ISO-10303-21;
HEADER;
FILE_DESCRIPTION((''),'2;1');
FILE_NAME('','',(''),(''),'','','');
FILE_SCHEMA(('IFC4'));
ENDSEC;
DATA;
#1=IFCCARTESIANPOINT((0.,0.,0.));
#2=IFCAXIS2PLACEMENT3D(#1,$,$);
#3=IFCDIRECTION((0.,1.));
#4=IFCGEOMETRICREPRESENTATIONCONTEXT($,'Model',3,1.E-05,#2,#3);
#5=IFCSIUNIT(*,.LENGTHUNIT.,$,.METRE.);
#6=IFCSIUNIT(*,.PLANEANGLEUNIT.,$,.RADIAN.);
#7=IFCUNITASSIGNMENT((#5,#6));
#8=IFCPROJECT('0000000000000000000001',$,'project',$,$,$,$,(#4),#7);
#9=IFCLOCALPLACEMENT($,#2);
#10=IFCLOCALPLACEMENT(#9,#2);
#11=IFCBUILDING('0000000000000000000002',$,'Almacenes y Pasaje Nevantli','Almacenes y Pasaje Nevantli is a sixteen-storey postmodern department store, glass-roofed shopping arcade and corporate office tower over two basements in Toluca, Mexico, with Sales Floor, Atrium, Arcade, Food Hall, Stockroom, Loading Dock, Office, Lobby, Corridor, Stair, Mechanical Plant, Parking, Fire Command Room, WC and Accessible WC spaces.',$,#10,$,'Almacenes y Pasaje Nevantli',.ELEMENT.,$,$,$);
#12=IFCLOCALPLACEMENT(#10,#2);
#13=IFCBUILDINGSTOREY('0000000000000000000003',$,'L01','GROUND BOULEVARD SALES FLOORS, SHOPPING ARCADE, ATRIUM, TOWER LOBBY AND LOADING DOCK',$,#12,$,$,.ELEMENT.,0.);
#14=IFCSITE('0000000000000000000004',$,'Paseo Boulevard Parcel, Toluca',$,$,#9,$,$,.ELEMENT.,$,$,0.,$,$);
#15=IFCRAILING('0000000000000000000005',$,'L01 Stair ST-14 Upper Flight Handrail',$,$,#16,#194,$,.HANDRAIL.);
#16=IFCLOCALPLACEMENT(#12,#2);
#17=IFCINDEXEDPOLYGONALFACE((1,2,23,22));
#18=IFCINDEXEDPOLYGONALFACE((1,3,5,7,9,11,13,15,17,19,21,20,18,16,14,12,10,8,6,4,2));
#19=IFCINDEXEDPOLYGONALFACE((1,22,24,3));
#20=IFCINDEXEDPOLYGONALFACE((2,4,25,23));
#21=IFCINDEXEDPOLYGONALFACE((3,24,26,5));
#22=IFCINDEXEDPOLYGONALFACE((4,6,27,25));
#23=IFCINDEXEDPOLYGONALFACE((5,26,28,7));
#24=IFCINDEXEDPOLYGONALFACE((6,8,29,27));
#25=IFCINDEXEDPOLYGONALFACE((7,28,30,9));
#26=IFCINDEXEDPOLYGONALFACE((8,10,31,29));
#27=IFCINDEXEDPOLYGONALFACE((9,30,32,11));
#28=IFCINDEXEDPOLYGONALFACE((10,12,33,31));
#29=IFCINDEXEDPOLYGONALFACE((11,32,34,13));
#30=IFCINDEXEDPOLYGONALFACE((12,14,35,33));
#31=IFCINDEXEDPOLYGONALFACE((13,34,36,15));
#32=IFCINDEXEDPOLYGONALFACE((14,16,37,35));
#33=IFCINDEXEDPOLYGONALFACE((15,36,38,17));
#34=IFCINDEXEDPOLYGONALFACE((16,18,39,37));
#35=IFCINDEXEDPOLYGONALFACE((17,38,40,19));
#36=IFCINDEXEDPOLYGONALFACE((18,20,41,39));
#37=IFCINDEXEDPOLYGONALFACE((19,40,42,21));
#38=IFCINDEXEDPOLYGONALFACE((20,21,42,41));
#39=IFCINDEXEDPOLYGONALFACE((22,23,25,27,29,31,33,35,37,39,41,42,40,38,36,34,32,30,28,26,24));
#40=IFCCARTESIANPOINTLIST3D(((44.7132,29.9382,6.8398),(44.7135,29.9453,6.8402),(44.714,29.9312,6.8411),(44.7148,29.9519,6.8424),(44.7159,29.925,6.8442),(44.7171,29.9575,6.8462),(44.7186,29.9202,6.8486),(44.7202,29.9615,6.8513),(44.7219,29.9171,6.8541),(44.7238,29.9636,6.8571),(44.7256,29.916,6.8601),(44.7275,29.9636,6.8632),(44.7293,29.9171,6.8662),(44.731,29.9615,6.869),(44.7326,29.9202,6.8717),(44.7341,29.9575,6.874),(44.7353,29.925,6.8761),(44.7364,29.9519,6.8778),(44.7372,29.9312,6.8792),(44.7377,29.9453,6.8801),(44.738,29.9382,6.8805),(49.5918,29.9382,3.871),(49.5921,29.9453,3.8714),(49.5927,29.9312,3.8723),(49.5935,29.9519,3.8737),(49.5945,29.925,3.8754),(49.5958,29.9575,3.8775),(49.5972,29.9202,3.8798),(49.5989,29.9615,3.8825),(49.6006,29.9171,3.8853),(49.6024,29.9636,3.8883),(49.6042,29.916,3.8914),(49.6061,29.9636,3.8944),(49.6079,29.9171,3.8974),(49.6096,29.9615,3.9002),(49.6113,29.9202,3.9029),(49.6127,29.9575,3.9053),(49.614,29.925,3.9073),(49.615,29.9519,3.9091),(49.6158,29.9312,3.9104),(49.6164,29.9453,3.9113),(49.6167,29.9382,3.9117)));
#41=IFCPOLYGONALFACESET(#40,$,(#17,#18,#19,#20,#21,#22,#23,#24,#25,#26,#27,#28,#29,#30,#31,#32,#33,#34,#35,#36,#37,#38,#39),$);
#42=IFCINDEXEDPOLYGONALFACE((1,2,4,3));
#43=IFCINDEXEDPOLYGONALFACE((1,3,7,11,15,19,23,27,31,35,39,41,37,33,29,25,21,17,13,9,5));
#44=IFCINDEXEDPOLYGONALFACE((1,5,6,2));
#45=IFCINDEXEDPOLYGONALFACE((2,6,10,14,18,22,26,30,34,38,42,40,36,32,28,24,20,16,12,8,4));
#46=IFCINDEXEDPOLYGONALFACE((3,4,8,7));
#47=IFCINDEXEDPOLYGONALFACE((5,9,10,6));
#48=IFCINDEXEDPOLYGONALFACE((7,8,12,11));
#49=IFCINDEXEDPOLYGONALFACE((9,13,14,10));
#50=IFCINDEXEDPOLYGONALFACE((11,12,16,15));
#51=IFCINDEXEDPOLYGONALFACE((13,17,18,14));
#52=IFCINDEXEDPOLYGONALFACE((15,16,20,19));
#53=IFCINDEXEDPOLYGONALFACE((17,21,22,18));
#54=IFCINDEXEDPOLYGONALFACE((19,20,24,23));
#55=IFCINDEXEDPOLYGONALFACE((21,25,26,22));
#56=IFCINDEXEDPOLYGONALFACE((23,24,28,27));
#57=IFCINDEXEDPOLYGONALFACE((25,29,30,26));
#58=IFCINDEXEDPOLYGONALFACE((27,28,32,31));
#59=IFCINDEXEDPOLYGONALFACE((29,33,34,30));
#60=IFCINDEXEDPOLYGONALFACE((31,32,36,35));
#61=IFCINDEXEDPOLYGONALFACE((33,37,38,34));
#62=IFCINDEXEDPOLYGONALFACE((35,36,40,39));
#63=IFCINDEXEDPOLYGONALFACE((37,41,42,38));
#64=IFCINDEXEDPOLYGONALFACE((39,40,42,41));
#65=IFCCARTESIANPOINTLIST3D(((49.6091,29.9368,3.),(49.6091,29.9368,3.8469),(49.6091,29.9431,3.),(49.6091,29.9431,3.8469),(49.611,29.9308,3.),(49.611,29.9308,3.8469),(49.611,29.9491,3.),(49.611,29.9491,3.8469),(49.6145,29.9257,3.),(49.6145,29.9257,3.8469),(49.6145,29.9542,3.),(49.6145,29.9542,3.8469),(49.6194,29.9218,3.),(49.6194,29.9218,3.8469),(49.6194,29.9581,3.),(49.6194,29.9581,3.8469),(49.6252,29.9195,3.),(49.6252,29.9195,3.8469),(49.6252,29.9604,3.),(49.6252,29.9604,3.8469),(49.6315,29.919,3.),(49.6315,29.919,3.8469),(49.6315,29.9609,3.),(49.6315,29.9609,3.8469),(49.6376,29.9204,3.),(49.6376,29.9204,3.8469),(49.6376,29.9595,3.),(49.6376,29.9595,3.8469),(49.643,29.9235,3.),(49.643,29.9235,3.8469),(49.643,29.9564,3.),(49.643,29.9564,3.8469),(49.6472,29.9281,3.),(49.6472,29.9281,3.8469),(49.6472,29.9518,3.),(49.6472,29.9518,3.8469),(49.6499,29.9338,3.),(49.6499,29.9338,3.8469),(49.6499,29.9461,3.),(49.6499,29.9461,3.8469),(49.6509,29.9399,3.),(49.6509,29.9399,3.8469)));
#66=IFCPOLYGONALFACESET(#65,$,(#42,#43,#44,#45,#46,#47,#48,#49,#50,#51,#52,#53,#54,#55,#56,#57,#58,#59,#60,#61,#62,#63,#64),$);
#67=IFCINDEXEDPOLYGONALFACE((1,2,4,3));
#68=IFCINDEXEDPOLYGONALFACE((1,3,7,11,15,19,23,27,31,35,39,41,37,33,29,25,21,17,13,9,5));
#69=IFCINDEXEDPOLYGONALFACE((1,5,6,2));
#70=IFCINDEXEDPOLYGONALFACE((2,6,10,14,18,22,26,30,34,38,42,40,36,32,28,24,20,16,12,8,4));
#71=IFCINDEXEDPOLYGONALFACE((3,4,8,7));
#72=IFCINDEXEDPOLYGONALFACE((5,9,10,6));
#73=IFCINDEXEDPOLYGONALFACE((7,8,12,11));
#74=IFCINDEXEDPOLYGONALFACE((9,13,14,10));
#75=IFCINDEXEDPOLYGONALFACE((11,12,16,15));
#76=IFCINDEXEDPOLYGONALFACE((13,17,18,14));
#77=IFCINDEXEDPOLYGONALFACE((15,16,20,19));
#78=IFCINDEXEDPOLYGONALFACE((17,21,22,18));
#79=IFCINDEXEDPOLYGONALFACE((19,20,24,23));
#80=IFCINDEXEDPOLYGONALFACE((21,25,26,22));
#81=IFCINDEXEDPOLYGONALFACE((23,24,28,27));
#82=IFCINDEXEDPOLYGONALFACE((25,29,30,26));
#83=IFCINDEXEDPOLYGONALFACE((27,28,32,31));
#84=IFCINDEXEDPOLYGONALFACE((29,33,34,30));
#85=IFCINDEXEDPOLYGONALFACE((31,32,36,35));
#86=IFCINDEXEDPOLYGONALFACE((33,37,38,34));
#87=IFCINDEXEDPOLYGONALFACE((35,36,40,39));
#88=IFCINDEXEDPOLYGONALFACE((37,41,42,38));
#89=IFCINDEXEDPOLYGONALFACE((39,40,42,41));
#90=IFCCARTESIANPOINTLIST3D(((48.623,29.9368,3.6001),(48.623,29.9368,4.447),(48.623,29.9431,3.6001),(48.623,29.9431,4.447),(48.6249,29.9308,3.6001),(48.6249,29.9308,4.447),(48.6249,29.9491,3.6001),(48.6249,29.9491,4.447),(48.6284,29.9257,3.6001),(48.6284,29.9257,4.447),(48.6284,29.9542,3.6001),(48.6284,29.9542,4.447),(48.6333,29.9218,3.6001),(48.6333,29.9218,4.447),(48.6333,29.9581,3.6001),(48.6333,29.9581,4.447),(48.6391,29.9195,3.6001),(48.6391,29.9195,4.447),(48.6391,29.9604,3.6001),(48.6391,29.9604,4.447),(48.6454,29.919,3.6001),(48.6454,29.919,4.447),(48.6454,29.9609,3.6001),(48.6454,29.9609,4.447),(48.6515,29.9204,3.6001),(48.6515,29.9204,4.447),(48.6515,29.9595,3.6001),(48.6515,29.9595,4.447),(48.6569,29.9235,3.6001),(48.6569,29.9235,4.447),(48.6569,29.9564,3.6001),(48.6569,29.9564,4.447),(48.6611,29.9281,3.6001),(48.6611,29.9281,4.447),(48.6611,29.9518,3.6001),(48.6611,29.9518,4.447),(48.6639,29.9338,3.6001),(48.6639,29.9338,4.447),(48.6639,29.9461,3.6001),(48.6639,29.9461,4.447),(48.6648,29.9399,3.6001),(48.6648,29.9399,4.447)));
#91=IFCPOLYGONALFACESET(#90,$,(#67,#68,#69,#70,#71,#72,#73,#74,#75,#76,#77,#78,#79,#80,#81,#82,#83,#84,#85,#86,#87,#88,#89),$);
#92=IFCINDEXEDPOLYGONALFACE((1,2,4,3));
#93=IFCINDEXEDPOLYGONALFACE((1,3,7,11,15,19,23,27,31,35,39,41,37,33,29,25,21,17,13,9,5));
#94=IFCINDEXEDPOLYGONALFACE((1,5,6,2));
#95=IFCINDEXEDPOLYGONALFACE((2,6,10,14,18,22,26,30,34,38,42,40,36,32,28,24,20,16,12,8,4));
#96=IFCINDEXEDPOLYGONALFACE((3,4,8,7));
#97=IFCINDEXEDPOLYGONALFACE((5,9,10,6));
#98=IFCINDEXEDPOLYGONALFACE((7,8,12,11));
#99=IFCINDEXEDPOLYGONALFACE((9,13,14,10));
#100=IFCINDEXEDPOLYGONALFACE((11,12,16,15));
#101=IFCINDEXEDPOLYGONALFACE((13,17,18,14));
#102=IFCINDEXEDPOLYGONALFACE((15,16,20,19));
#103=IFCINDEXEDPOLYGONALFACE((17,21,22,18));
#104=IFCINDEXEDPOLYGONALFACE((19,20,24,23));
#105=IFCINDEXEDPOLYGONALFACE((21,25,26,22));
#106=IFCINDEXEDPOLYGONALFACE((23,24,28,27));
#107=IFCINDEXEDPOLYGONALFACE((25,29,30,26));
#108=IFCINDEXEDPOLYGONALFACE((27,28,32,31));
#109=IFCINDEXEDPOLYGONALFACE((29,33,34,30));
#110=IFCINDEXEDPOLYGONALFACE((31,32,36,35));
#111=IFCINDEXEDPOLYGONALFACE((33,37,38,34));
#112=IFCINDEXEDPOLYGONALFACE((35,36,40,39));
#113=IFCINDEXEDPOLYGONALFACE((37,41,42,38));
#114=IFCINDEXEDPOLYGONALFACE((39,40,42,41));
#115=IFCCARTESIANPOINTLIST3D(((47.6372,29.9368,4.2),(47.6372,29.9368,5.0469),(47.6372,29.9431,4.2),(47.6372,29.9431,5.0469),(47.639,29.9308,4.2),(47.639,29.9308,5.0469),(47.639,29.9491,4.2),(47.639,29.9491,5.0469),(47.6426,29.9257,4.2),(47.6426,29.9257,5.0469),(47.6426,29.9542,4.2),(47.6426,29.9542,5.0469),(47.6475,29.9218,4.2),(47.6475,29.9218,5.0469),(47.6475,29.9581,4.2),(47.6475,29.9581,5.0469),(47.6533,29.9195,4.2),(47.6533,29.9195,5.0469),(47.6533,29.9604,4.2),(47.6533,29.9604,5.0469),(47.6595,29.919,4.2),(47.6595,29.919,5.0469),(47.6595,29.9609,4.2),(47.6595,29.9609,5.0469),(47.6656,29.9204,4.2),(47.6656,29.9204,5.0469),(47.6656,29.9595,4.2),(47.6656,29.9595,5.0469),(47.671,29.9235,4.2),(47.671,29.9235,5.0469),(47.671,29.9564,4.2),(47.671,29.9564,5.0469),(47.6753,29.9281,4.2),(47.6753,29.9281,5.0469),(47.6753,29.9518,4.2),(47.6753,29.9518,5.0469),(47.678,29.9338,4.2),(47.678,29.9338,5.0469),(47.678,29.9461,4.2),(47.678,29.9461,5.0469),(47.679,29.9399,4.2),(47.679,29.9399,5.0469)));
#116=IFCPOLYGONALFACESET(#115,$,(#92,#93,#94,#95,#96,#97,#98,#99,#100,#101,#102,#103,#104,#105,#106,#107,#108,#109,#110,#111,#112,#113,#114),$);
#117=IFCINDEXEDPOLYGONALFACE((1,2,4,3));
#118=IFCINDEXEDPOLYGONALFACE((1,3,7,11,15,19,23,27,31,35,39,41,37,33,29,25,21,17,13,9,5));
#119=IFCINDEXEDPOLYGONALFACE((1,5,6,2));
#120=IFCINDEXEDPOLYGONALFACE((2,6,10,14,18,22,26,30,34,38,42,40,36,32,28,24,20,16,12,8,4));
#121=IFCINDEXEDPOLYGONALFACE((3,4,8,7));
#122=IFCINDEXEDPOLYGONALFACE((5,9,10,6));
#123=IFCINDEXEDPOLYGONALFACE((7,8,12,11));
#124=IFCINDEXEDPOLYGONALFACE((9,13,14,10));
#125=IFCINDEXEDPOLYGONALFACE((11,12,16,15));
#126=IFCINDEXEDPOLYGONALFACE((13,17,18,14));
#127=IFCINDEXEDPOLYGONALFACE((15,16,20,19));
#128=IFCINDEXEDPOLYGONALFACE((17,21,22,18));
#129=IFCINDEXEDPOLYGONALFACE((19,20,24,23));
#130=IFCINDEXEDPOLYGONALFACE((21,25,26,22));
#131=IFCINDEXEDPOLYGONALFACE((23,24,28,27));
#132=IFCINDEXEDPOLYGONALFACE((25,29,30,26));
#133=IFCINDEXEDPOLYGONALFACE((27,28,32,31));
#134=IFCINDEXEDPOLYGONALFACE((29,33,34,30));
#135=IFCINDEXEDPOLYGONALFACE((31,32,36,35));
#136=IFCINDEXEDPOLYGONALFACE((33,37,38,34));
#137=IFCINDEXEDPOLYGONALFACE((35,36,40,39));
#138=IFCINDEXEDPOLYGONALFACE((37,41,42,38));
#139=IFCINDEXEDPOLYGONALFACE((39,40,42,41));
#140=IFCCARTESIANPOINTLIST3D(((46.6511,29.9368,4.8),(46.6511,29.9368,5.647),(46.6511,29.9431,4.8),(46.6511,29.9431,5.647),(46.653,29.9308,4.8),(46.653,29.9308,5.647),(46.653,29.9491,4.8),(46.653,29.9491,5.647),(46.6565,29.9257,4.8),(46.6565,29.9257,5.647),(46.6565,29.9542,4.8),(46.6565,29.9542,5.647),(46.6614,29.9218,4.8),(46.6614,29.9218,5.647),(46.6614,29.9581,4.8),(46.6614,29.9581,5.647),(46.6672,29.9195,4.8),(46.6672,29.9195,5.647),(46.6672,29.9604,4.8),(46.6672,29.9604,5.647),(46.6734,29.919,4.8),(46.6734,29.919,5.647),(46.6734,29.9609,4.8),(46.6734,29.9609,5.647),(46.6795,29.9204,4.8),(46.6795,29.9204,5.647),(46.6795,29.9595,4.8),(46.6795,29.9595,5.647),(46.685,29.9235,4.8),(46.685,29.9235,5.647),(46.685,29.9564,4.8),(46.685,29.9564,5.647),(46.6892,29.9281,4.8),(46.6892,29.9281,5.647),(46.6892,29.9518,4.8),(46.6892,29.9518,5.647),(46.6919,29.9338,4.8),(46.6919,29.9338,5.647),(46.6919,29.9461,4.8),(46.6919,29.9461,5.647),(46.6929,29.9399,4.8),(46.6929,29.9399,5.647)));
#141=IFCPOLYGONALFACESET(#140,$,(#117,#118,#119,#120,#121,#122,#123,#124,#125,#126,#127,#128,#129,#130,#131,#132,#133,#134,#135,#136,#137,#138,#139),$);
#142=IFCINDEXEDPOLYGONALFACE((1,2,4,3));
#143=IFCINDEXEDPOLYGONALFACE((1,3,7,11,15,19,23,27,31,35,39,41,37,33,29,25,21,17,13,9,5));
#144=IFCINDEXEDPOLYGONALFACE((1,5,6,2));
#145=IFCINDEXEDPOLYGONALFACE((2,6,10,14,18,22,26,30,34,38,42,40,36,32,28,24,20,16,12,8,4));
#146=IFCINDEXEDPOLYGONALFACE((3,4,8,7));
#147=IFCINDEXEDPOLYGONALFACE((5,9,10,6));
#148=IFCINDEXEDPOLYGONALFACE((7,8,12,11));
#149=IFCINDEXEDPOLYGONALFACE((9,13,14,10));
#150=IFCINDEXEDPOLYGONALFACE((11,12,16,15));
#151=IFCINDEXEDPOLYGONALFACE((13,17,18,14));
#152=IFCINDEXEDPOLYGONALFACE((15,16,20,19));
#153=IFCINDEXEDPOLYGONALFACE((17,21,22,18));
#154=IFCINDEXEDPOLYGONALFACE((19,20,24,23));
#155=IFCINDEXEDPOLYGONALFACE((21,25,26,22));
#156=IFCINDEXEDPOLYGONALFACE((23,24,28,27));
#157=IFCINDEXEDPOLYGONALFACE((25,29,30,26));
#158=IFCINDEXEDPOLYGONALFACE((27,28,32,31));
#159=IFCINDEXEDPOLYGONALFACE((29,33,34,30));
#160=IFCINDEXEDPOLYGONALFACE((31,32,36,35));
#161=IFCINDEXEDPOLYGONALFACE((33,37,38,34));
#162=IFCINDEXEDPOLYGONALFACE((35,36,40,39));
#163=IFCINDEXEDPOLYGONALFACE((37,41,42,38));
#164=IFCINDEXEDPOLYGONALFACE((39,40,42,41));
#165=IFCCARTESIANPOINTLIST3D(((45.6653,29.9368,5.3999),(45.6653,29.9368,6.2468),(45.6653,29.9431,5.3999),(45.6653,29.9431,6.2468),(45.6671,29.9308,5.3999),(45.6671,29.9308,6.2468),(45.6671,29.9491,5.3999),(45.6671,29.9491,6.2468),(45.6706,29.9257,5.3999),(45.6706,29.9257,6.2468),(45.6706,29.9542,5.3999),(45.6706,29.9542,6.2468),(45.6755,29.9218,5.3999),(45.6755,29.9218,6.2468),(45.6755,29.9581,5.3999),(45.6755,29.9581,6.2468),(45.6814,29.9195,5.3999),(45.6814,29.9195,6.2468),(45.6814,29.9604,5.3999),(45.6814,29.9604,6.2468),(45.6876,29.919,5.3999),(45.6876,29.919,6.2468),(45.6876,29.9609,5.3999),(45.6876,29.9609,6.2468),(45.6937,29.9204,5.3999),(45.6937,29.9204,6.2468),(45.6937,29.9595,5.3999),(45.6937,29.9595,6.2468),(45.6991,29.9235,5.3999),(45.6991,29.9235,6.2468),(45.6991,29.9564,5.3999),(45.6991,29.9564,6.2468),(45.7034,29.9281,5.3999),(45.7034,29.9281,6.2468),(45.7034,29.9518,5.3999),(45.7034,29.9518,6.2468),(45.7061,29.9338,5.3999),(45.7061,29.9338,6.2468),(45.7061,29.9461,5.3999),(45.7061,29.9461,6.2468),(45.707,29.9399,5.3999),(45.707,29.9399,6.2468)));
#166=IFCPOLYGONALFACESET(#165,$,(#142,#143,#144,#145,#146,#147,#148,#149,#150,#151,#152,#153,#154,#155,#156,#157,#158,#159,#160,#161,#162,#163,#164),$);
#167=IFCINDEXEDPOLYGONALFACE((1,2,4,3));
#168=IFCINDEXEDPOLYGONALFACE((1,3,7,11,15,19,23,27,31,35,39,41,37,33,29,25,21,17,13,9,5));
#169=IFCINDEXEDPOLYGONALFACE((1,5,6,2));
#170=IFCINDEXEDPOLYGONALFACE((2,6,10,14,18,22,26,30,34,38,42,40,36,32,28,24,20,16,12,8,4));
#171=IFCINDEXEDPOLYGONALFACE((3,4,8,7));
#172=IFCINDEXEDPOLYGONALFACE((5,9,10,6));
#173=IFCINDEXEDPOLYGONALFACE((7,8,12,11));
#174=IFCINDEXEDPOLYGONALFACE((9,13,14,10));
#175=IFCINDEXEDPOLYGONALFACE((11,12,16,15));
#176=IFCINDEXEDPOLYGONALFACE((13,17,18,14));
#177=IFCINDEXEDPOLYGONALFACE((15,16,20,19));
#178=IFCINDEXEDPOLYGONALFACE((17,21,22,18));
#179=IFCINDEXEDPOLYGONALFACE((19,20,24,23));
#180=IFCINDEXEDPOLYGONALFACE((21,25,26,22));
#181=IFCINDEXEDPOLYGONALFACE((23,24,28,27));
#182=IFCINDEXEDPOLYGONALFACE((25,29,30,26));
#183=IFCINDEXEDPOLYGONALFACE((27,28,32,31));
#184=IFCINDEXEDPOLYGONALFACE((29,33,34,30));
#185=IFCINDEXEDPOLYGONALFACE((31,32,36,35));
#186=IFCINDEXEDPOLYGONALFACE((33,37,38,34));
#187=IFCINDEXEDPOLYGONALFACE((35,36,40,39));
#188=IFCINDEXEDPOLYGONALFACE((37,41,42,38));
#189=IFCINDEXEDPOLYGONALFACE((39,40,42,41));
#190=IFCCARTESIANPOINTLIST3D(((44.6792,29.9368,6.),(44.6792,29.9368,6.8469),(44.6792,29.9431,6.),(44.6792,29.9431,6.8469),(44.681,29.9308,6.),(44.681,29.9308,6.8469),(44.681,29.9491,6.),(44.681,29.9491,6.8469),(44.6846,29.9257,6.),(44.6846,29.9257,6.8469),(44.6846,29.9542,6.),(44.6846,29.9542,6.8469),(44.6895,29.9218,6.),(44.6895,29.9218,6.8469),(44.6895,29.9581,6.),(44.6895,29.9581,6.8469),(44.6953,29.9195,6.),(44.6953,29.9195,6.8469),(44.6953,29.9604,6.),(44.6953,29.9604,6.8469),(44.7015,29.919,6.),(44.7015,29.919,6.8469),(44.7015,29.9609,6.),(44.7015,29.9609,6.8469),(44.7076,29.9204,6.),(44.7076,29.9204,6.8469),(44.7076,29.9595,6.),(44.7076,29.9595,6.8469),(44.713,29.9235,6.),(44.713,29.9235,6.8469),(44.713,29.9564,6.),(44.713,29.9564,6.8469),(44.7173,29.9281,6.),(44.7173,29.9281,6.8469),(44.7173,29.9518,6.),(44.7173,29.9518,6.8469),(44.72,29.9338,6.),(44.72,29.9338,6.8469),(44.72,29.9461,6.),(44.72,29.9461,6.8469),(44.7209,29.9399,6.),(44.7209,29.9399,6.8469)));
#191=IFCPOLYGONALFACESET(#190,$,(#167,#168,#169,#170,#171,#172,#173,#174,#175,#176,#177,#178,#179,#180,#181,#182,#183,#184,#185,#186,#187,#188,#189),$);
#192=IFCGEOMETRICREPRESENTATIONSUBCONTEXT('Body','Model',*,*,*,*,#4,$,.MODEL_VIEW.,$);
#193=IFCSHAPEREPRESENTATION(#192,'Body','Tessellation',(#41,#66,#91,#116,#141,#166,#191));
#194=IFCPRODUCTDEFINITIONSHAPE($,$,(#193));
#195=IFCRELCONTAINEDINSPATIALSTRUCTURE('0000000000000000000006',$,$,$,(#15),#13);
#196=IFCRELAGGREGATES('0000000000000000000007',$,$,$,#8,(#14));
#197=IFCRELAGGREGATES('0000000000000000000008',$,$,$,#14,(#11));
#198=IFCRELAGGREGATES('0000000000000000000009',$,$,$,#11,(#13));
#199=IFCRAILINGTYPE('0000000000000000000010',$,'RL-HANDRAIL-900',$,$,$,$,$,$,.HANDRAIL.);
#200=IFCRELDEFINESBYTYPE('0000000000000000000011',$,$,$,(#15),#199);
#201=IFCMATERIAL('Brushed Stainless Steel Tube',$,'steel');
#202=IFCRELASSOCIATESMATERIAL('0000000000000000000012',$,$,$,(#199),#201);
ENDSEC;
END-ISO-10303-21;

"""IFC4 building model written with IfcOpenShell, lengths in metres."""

from ifc_helpers import new_model, si_unit, direction, frame, origin, origin_2d, place, context, subcontext, project, spatial, circle, extrude, material, type_object, element, save


model = new_model("IFC4")

# Units and contexts
model_context = context("Model", 3, precision=1e-05, world=origin(), true_north=direction((0.0, 1.0)))
body_context = subcontext(model_context, "Body", "Model", "MODEL_VIEW")
ifc_project = project(units=[si_unit("LENGTHUNIT", "METRE"), si_unit("PLANEANGLEUNIT", "RADIAN")], contexts=[model_context])

# Site, building, storey
site_placement = place(None, origin())
site = spatial("IfcSite", under=ifc_project, at=site_placement, Name="Paseo Boulevard Parcel, Toluca", CompositionType="ELEMENT", RefElevation=0.0)
building_placement = place(site_placement, origin())
building = spatial("IfcBuilding", under=site, at=building_placement, Name="Almacenes y Pasaje Nevantli", Description="Almacenes y Pasaje Nevantli is a sixteen-storey postmodern department store, glass-roofed shopping arcade and corporate office tower over two basements in Toluca, Mexico, with Sales Floor, Atrium, Arcade, Food Hall, Stockroom, Loading Dock, Office, Lobby, Corridor, Stair, Mechanical Plant, Parking, Fire Command Room, WC and Accessible WC spaces.", LongName="Almacenes y Pasaje Nevantli", CompositionType="ELEMENT")
storey_placement = place(building_placement, origin())
storey = spatial("IfcBuildingStorey", under=building, at=storey_placement, Name="L01", Description="GROUND BOULEVARD SALES FLOORS, SHOPPING ARCADE, ATRIUM, TOWER LOBBY AND LOADING DOCK", CompositionType="ELEMENT", Elevation=0.0)

# Railing
ifc_material_1 = material(Name="Brushed Stainless Steel Tube", Category="steel")
railing_type_1 = type_object("IfcRailingType", Name="RL-HANDRAIL-900", PredefinedType="HANDRAIL", material=ifc_material_1)
railing_1_placement = place(storey_placement, frame((49.6299, 29.9399, 3.0)))
element("IfcRailing", 1, at=railing_1_placement, inside=storey, type_object=railing_type_1, Name="L01 Stair ST-14 Upper Flight Handrail", PredefinedType="HANDRAIL", context=body_context, shape_type="SweptSolid", body=[
    extrude(circle(Radius=0.0239, at=origin_2d()), frame((-0.0256, 0.0, 0.8914), z_axis=(-0.854262, 0.0, 0.519842), x_axis=(0.0, -1.0, 0.0)), (0.0, 0.0, 1.0), 5.7109),
    extrude(circle(Radius=0.021, at=origin_2d()), origin(), (0.0, 0.0, 1.0), 0.8469),
    extrude(circle(Radius=0.021, at=origin_2d()), frame((-0.9861, 0.0, 0.6001)), (0.0, 0.0, 1.0), 0.8469),
    extrude(circle(Radius=0.021, at=origin_2d()), frame((-1.9719, 0.0, 1.2)), (0.0, 0.0, 1.0), 0.8469),
    extrude(circle(Radius=0.021, at=origin_2d()), frame((-2.958, 0.0, 1.8)), (0.0, 0.0, 1.0), 0.8469),
    extrude(circle(Radius=0.021, at=origin_2d()), frame((-3.9438, 0.0, 2.3999)), (0.0, 0.0, 1.0), 0.8469),
    extrude(circle(Radius=0.021, at=origin_2d()), frame((-4.9299, 0.0, 3.0)), (0.0, 0.0, 1.0), 0.8469),
])

save(model, "model.ifc")
